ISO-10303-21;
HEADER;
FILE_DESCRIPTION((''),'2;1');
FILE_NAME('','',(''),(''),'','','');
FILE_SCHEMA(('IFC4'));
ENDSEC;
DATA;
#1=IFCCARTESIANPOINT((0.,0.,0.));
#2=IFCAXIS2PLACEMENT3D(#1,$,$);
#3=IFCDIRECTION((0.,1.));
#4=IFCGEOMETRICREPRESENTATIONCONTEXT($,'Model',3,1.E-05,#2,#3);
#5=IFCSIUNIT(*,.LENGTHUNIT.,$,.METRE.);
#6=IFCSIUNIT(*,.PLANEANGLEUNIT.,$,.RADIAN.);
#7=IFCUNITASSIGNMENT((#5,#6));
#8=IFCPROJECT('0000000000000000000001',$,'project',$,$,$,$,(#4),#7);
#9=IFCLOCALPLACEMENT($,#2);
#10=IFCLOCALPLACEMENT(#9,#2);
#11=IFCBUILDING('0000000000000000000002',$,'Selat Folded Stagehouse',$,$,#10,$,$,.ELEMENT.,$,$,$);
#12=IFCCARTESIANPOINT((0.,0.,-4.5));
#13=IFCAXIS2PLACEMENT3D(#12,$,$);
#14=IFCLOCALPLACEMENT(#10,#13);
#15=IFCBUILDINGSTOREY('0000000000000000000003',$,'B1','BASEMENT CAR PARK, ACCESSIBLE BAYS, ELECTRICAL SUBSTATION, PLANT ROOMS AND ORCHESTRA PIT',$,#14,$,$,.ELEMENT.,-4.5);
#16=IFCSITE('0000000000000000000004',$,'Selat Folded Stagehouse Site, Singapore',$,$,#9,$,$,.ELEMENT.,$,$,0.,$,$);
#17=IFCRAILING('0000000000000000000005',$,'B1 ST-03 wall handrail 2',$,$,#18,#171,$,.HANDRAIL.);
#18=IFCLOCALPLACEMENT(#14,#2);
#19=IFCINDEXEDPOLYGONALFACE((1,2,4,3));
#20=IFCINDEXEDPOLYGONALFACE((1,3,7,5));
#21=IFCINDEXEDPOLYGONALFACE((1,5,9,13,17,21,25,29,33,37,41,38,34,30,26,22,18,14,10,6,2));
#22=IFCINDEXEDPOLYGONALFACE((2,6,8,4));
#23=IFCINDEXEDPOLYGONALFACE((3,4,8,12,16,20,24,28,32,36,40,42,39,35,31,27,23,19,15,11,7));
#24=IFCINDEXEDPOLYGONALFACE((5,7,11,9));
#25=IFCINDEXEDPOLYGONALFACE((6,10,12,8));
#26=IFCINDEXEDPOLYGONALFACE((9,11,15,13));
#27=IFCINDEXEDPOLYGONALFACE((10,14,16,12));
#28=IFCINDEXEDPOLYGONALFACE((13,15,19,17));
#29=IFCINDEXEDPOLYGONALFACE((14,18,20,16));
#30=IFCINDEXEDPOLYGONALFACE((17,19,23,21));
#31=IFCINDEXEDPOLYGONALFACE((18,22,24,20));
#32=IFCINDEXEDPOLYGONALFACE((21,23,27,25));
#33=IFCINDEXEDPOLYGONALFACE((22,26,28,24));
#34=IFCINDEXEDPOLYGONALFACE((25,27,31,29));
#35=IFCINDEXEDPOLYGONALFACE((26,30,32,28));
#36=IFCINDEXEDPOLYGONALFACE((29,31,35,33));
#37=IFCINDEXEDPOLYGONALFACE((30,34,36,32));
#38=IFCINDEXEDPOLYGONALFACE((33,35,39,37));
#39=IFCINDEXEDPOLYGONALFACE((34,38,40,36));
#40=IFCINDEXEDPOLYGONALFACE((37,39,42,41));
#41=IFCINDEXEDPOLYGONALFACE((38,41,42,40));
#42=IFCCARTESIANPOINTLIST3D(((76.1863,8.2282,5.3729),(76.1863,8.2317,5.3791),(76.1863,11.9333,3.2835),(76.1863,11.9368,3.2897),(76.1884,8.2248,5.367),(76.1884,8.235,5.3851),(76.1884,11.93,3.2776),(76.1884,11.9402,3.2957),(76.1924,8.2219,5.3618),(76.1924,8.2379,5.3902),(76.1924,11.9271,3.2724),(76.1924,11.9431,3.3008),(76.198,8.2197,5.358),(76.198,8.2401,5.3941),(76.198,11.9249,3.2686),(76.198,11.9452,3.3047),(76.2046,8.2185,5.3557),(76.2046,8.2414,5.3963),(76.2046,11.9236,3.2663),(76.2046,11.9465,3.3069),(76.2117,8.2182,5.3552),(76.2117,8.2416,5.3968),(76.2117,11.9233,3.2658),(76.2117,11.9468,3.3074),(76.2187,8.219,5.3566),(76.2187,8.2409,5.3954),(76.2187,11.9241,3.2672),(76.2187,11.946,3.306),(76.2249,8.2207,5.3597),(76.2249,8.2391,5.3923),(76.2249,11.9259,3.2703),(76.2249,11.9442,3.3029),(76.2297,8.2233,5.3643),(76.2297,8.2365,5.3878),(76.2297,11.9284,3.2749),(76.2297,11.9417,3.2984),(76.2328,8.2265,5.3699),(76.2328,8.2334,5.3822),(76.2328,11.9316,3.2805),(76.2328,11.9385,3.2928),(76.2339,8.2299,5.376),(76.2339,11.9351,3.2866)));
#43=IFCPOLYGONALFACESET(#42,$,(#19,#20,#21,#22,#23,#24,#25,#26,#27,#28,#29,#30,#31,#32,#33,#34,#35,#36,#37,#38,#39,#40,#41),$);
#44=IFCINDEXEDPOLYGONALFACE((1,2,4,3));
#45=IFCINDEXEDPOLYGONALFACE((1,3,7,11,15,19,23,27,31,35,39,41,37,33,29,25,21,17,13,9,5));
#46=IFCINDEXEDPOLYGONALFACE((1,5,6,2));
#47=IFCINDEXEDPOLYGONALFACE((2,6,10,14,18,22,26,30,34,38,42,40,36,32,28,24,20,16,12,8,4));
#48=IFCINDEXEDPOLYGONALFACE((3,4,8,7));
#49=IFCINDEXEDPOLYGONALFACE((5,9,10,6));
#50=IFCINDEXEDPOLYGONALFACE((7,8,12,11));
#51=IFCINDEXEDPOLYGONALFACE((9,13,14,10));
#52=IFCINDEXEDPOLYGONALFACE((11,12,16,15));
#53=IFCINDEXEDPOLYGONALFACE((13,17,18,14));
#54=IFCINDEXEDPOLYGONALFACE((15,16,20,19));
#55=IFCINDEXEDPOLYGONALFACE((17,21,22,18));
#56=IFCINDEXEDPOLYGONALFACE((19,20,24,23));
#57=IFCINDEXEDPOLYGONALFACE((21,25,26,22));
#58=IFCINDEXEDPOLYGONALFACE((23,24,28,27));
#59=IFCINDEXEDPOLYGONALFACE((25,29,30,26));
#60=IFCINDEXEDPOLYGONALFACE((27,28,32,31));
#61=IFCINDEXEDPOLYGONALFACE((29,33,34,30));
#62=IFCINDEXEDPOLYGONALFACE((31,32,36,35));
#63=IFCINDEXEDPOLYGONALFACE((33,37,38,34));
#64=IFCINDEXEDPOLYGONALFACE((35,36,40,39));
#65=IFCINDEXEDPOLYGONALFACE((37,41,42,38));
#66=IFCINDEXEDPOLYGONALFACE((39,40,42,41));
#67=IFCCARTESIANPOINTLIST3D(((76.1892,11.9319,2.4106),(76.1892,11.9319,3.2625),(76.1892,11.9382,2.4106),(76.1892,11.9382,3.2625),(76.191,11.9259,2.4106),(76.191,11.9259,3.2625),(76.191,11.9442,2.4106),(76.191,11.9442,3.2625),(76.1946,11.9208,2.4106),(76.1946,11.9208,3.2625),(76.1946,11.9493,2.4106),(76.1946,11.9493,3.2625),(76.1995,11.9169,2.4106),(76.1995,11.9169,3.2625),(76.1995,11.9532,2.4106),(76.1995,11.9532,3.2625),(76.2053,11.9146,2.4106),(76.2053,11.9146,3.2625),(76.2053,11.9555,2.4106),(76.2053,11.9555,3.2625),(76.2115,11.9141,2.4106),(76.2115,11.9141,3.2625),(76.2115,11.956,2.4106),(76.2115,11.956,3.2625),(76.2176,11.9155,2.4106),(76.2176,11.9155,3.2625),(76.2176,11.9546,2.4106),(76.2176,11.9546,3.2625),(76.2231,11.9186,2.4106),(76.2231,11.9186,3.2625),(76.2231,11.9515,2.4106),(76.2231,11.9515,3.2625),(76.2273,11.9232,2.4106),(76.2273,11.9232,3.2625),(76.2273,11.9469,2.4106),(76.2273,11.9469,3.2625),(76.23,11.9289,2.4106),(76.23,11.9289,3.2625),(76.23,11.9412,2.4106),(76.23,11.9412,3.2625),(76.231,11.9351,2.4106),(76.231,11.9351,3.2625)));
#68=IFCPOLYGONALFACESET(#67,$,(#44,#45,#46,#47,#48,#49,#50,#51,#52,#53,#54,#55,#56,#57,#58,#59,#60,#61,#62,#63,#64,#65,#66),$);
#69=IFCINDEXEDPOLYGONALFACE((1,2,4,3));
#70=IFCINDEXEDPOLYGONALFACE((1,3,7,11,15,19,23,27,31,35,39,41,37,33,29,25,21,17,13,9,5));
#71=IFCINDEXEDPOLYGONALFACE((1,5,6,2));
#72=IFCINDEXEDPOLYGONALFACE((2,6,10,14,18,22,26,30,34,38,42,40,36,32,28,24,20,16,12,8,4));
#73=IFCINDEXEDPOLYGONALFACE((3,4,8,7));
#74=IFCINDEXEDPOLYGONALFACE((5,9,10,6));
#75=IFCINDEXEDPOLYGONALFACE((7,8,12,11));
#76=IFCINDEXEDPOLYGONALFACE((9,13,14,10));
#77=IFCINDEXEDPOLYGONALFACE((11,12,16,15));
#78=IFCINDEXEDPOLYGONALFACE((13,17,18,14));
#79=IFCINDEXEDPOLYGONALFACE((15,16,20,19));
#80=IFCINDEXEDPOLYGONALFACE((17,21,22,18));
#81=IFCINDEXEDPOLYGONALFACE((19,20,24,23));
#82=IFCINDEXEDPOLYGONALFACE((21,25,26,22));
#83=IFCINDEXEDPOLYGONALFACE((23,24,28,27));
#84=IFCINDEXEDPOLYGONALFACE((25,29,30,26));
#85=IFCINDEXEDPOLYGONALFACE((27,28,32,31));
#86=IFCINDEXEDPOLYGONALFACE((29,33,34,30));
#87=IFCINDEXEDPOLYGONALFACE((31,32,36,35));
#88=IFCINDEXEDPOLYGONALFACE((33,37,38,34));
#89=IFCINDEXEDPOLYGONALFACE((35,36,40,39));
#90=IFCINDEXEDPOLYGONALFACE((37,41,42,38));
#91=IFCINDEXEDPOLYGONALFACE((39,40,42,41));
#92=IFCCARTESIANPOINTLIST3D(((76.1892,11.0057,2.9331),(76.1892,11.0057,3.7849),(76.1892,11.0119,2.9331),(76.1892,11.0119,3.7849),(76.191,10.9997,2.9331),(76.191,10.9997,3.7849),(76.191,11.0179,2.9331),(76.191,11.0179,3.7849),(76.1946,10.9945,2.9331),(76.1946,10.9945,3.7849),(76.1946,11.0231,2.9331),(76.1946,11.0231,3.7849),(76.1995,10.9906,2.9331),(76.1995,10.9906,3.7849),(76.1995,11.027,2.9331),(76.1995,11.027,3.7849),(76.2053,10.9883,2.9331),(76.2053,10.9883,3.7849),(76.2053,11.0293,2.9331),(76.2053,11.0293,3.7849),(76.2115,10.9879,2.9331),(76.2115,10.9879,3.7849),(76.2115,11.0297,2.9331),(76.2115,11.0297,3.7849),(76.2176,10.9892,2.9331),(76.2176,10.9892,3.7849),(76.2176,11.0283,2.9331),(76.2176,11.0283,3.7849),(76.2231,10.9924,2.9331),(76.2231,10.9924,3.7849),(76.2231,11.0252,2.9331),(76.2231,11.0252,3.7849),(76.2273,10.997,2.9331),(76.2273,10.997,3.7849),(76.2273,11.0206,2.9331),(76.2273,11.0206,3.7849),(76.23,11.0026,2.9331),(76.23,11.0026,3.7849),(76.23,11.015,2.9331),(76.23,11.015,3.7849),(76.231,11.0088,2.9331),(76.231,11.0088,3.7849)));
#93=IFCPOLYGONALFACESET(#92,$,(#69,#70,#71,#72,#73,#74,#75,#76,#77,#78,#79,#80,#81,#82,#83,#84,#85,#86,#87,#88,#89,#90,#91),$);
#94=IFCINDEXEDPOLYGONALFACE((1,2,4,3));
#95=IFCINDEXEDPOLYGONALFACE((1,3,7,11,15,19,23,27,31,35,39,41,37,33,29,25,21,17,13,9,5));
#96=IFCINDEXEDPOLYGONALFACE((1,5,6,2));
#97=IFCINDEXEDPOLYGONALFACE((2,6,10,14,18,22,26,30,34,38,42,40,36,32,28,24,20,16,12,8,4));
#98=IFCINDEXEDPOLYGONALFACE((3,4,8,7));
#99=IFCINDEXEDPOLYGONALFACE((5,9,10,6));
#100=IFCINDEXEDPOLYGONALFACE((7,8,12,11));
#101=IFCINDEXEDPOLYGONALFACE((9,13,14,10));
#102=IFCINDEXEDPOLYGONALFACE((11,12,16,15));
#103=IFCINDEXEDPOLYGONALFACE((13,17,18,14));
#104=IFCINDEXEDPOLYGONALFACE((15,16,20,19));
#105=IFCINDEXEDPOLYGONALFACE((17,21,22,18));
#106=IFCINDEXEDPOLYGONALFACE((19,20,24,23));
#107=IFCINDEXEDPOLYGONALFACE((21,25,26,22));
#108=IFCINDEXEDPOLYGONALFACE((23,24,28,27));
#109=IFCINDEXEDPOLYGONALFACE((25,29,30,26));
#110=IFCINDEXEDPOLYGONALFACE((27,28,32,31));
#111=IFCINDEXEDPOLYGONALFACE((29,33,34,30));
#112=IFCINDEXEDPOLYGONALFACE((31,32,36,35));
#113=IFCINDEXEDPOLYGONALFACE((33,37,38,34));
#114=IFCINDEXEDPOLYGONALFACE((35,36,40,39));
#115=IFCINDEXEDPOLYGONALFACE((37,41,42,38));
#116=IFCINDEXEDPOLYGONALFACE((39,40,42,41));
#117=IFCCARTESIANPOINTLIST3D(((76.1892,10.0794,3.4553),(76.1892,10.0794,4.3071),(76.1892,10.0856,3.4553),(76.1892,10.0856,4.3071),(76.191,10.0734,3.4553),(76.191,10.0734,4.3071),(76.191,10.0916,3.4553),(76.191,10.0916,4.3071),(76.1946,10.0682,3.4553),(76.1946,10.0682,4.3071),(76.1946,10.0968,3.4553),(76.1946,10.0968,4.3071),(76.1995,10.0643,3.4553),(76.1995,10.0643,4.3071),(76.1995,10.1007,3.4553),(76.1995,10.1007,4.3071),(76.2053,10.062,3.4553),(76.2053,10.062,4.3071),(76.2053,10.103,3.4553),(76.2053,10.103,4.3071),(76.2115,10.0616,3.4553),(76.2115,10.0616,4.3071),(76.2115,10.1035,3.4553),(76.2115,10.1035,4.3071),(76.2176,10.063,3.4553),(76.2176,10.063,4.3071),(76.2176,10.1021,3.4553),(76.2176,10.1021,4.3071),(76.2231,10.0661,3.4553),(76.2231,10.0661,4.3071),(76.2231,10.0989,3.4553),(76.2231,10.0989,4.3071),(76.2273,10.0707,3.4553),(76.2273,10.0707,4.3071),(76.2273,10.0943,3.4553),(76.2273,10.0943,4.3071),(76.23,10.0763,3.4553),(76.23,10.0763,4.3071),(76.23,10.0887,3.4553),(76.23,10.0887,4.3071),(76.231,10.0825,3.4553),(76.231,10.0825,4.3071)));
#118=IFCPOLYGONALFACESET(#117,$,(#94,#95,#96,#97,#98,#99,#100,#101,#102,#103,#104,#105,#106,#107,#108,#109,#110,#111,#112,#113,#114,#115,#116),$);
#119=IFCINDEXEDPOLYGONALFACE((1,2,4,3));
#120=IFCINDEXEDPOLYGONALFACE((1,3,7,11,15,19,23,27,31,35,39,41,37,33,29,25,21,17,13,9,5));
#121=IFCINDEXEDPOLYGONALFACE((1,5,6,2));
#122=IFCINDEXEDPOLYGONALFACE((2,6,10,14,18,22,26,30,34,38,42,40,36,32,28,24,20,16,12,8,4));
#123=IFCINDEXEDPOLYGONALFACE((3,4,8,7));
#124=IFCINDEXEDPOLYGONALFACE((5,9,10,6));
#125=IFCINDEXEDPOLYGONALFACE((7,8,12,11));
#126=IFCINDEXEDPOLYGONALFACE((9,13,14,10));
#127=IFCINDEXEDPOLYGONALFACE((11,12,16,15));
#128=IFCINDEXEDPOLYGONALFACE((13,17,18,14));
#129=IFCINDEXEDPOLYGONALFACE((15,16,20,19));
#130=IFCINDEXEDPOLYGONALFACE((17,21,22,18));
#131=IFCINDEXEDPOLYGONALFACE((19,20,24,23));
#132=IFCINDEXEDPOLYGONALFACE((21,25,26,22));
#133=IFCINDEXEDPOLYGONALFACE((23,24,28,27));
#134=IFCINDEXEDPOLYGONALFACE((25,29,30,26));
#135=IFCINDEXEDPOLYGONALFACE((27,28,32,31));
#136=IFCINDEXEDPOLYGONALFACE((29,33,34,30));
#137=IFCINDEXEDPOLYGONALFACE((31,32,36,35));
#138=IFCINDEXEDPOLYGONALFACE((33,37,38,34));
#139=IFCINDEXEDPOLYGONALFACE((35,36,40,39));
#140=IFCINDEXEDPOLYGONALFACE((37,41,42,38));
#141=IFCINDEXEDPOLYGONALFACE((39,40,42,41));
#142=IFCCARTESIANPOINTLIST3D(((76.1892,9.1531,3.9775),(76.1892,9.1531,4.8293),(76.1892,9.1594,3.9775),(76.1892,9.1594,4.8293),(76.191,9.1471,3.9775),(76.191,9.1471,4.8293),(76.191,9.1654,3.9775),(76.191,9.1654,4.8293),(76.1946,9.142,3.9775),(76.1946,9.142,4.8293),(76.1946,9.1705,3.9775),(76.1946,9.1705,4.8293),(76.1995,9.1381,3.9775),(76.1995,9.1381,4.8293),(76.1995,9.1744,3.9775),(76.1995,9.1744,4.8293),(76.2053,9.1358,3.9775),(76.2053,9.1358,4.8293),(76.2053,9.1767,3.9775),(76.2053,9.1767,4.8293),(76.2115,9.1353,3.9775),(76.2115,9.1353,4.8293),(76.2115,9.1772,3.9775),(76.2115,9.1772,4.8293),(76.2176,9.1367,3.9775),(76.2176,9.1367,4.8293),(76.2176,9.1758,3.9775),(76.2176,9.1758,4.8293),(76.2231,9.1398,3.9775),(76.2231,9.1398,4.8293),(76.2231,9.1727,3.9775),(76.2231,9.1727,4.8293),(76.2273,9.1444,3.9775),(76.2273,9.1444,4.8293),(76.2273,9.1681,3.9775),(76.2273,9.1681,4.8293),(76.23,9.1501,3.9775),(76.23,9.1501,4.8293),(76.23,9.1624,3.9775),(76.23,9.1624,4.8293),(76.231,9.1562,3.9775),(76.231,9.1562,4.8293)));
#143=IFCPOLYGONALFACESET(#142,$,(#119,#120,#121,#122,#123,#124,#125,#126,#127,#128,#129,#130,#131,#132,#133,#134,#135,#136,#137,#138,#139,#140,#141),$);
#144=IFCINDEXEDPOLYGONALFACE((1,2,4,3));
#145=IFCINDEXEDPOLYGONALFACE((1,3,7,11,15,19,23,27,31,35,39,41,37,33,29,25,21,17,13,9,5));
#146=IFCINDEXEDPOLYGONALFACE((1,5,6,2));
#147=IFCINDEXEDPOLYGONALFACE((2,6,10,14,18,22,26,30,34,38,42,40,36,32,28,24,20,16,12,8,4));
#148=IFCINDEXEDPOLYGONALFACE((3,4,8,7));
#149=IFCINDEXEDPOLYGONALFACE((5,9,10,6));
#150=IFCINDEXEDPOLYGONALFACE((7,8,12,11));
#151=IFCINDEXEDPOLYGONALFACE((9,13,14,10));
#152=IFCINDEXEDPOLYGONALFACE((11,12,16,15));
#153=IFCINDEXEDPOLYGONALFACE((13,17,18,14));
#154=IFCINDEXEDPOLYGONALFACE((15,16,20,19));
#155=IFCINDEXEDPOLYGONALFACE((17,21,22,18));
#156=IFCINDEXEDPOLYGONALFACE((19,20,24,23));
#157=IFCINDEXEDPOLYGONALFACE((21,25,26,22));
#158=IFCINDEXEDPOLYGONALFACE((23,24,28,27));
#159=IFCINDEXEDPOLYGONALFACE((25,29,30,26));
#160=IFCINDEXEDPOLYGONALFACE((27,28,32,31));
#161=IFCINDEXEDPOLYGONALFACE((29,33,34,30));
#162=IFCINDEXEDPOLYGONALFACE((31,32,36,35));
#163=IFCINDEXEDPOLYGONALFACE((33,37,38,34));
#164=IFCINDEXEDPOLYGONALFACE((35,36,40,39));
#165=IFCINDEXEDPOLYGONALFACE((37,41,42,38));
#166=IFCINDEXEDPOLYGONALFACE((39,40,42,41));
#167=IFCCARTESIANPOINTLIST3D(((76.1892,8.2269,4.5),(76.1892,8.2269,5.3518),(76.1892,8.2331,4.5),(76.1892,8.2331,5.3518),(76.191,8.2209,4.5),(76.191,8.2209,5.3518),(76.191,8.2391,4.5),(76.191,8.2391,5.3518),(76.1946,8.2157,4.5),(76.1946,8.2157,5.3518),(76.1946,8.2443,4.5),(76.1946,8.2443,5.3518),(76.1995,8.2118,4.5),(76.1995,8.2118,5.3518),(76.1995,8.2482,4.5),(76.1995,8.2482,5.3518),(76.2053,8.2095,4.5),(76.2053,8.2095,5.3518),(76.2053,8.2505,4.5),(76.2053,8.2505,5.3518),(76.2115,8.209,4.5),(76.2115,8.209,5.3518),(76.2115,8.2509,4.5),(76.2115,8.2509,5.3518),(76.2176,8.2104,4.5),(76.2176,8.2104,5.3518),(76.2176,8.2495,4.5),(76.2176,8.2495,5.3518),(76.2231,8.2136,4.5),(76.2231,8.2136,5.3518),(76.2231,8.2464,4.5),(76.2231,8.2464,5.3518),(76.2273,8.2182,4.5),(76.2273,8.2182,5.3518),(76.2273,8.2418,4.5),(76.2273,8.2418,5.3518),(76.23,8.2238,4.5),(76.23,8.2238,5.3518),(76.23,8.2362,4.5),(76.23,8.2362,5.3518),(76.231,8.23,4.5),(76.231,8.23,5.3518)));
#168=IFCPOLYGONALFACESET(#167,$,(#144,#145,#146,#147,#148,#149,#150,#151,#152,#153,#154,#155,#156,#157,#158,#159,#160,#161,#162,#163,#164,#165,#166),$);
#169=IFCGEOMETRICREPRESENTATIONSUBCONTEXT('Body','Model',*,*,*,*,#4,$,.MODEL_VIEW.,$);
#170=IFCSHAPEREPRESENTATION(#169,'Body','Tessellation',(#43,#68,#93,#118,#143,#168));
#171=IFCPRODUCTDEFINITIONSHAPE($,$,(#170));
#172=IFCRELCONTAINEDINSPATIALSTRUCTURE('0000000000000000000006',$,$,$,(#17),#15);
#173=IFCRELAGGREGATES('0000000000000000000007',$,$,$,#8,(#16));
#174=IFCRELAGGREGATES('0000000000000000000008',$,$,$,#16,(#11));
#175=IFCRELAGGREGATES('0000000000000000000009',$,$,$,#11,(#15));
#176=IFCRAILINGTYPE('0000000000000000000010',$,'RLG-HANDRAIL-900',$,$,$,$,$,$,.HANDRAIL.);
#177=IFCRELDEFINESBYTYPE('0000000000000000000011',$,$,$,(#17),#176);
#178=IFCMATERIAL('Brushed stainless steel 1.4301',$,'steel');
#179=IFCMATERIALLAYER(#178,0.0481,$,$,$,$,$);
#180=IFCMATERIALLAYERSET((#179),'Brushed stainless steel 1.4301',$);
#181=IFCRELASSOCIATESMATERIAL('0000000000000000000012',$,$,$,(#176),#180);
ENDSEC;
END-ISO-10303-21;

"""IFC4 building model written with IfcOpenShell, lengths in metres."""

from ifc_helpers import new_model, si_unit, direction, frame, origin, origin_2d, place, context, subcontext, project, spatial, circle, extrude, material, layer, layer_set, type_object, element, save


model = new_model("IFC4")

# Units and contexts
model_context = context("Model", 3, precision=1e-05, world=origin(), true_north=direction((0.0, 1.0)))
body_context = subcontext(model_context, "Body", "Model", "MODEL_VIEW")
ifc_project = project(units=[si_unit("LENGTHUNIT", "METRE"), si_unit("PLANEANGLEUNIT", "RADIAN")], contexts=[model_context])

# Site, building, storey
site_placement = place(None, origin())
site = spatial("IfcSite", under=ifc_project, at=site_placement, Name="Selat Folded Stagehouse Site, Singapore", CompositionType="ELEMENT", RefElevation=0.0)
building_placement = place(site_placement, origin())
building = spatial("IfcBuilding", under=site, at=building_placement, Name="Selat Folded Stagehouse", CompositionType="ELEMENT")
storey_placement = place(building_placement, frame((0.0, 0.0, -4.5)))
storey = spatial("IfcBuildingStorey", under=building, at=storey_placement, Name="B1", Description="BASEMENT CAR PARK, ACCESSIBLE BAYS, ELECTRICAL SUBSTATION, PLANT ROOMS AND ORCHESTRA PIT", CompositionType="ELEMENT", Elevation=-4.5)

# Railing
ifc_material_1 = material(Name="Brushed stainless steel 1.4301", Category="steel")
ifc_layer_1 = layer(ifc_material_1, 0.0481)
ifc_layer_set_1 = layer_set([ifc_layer_1], Name="Brushed stainless steel 1.4301")
railing_type = type_object("IfcRailingType", Name="RLG-HANDRAIL-900", PredefinedType="HANDRAIL", material=ifc_layer_set_1)
railing_placement = place(storey_placement, frame((76.21, 11.9351, 2.4106)))
element("IfcRailing", 1, at=railing_placement, inside=storey, type_object=railing_type, Name="B1 ST-03 wall handrail 2", PredefinedType="HANDRAIL", context=body_context, shape_type="SweptSolid", body=[
    extrude(circle(Radius=0.0239, at=origin_2d()), frame((0.0, 0.0, 0.876), z_axis=(0.0, -0.871048, 0.491198), x_axis=(1.0, 0.0, 0.0)), (0.0, 0.0, 1.0), 4.2537),
    extrude(circle(Radius=0.021, at=origin_2d()), origin(), (0.0, 0.0, 1.0), 0.8518),
    extrude(circle(Radius=0.021, at=origin_2d()), frame((0.0, -0.9263, 0.5225)), (0.0, 0.0, 1.0), 0.8518),
    extrude(circle(Radius=0.021, at=origin_2d()), frame((0.0, -1.8525, 1.0447)), (0.0, 0.0, 1.0), 0.8518),
    extrude(circle(Radius=0.021, at=origin_2d()), frame((0.0, -2.7788, 1.5669)), (0.0, 0.0, 1.0), 0.8518),
    extrude(circle(Radius=0.021, at=origin_2d()), frame((0.0, -3.7051, 2.0894)), (0.0, 0.0, 1.0), 0.8518),
])

save(model, "model.ifc")
